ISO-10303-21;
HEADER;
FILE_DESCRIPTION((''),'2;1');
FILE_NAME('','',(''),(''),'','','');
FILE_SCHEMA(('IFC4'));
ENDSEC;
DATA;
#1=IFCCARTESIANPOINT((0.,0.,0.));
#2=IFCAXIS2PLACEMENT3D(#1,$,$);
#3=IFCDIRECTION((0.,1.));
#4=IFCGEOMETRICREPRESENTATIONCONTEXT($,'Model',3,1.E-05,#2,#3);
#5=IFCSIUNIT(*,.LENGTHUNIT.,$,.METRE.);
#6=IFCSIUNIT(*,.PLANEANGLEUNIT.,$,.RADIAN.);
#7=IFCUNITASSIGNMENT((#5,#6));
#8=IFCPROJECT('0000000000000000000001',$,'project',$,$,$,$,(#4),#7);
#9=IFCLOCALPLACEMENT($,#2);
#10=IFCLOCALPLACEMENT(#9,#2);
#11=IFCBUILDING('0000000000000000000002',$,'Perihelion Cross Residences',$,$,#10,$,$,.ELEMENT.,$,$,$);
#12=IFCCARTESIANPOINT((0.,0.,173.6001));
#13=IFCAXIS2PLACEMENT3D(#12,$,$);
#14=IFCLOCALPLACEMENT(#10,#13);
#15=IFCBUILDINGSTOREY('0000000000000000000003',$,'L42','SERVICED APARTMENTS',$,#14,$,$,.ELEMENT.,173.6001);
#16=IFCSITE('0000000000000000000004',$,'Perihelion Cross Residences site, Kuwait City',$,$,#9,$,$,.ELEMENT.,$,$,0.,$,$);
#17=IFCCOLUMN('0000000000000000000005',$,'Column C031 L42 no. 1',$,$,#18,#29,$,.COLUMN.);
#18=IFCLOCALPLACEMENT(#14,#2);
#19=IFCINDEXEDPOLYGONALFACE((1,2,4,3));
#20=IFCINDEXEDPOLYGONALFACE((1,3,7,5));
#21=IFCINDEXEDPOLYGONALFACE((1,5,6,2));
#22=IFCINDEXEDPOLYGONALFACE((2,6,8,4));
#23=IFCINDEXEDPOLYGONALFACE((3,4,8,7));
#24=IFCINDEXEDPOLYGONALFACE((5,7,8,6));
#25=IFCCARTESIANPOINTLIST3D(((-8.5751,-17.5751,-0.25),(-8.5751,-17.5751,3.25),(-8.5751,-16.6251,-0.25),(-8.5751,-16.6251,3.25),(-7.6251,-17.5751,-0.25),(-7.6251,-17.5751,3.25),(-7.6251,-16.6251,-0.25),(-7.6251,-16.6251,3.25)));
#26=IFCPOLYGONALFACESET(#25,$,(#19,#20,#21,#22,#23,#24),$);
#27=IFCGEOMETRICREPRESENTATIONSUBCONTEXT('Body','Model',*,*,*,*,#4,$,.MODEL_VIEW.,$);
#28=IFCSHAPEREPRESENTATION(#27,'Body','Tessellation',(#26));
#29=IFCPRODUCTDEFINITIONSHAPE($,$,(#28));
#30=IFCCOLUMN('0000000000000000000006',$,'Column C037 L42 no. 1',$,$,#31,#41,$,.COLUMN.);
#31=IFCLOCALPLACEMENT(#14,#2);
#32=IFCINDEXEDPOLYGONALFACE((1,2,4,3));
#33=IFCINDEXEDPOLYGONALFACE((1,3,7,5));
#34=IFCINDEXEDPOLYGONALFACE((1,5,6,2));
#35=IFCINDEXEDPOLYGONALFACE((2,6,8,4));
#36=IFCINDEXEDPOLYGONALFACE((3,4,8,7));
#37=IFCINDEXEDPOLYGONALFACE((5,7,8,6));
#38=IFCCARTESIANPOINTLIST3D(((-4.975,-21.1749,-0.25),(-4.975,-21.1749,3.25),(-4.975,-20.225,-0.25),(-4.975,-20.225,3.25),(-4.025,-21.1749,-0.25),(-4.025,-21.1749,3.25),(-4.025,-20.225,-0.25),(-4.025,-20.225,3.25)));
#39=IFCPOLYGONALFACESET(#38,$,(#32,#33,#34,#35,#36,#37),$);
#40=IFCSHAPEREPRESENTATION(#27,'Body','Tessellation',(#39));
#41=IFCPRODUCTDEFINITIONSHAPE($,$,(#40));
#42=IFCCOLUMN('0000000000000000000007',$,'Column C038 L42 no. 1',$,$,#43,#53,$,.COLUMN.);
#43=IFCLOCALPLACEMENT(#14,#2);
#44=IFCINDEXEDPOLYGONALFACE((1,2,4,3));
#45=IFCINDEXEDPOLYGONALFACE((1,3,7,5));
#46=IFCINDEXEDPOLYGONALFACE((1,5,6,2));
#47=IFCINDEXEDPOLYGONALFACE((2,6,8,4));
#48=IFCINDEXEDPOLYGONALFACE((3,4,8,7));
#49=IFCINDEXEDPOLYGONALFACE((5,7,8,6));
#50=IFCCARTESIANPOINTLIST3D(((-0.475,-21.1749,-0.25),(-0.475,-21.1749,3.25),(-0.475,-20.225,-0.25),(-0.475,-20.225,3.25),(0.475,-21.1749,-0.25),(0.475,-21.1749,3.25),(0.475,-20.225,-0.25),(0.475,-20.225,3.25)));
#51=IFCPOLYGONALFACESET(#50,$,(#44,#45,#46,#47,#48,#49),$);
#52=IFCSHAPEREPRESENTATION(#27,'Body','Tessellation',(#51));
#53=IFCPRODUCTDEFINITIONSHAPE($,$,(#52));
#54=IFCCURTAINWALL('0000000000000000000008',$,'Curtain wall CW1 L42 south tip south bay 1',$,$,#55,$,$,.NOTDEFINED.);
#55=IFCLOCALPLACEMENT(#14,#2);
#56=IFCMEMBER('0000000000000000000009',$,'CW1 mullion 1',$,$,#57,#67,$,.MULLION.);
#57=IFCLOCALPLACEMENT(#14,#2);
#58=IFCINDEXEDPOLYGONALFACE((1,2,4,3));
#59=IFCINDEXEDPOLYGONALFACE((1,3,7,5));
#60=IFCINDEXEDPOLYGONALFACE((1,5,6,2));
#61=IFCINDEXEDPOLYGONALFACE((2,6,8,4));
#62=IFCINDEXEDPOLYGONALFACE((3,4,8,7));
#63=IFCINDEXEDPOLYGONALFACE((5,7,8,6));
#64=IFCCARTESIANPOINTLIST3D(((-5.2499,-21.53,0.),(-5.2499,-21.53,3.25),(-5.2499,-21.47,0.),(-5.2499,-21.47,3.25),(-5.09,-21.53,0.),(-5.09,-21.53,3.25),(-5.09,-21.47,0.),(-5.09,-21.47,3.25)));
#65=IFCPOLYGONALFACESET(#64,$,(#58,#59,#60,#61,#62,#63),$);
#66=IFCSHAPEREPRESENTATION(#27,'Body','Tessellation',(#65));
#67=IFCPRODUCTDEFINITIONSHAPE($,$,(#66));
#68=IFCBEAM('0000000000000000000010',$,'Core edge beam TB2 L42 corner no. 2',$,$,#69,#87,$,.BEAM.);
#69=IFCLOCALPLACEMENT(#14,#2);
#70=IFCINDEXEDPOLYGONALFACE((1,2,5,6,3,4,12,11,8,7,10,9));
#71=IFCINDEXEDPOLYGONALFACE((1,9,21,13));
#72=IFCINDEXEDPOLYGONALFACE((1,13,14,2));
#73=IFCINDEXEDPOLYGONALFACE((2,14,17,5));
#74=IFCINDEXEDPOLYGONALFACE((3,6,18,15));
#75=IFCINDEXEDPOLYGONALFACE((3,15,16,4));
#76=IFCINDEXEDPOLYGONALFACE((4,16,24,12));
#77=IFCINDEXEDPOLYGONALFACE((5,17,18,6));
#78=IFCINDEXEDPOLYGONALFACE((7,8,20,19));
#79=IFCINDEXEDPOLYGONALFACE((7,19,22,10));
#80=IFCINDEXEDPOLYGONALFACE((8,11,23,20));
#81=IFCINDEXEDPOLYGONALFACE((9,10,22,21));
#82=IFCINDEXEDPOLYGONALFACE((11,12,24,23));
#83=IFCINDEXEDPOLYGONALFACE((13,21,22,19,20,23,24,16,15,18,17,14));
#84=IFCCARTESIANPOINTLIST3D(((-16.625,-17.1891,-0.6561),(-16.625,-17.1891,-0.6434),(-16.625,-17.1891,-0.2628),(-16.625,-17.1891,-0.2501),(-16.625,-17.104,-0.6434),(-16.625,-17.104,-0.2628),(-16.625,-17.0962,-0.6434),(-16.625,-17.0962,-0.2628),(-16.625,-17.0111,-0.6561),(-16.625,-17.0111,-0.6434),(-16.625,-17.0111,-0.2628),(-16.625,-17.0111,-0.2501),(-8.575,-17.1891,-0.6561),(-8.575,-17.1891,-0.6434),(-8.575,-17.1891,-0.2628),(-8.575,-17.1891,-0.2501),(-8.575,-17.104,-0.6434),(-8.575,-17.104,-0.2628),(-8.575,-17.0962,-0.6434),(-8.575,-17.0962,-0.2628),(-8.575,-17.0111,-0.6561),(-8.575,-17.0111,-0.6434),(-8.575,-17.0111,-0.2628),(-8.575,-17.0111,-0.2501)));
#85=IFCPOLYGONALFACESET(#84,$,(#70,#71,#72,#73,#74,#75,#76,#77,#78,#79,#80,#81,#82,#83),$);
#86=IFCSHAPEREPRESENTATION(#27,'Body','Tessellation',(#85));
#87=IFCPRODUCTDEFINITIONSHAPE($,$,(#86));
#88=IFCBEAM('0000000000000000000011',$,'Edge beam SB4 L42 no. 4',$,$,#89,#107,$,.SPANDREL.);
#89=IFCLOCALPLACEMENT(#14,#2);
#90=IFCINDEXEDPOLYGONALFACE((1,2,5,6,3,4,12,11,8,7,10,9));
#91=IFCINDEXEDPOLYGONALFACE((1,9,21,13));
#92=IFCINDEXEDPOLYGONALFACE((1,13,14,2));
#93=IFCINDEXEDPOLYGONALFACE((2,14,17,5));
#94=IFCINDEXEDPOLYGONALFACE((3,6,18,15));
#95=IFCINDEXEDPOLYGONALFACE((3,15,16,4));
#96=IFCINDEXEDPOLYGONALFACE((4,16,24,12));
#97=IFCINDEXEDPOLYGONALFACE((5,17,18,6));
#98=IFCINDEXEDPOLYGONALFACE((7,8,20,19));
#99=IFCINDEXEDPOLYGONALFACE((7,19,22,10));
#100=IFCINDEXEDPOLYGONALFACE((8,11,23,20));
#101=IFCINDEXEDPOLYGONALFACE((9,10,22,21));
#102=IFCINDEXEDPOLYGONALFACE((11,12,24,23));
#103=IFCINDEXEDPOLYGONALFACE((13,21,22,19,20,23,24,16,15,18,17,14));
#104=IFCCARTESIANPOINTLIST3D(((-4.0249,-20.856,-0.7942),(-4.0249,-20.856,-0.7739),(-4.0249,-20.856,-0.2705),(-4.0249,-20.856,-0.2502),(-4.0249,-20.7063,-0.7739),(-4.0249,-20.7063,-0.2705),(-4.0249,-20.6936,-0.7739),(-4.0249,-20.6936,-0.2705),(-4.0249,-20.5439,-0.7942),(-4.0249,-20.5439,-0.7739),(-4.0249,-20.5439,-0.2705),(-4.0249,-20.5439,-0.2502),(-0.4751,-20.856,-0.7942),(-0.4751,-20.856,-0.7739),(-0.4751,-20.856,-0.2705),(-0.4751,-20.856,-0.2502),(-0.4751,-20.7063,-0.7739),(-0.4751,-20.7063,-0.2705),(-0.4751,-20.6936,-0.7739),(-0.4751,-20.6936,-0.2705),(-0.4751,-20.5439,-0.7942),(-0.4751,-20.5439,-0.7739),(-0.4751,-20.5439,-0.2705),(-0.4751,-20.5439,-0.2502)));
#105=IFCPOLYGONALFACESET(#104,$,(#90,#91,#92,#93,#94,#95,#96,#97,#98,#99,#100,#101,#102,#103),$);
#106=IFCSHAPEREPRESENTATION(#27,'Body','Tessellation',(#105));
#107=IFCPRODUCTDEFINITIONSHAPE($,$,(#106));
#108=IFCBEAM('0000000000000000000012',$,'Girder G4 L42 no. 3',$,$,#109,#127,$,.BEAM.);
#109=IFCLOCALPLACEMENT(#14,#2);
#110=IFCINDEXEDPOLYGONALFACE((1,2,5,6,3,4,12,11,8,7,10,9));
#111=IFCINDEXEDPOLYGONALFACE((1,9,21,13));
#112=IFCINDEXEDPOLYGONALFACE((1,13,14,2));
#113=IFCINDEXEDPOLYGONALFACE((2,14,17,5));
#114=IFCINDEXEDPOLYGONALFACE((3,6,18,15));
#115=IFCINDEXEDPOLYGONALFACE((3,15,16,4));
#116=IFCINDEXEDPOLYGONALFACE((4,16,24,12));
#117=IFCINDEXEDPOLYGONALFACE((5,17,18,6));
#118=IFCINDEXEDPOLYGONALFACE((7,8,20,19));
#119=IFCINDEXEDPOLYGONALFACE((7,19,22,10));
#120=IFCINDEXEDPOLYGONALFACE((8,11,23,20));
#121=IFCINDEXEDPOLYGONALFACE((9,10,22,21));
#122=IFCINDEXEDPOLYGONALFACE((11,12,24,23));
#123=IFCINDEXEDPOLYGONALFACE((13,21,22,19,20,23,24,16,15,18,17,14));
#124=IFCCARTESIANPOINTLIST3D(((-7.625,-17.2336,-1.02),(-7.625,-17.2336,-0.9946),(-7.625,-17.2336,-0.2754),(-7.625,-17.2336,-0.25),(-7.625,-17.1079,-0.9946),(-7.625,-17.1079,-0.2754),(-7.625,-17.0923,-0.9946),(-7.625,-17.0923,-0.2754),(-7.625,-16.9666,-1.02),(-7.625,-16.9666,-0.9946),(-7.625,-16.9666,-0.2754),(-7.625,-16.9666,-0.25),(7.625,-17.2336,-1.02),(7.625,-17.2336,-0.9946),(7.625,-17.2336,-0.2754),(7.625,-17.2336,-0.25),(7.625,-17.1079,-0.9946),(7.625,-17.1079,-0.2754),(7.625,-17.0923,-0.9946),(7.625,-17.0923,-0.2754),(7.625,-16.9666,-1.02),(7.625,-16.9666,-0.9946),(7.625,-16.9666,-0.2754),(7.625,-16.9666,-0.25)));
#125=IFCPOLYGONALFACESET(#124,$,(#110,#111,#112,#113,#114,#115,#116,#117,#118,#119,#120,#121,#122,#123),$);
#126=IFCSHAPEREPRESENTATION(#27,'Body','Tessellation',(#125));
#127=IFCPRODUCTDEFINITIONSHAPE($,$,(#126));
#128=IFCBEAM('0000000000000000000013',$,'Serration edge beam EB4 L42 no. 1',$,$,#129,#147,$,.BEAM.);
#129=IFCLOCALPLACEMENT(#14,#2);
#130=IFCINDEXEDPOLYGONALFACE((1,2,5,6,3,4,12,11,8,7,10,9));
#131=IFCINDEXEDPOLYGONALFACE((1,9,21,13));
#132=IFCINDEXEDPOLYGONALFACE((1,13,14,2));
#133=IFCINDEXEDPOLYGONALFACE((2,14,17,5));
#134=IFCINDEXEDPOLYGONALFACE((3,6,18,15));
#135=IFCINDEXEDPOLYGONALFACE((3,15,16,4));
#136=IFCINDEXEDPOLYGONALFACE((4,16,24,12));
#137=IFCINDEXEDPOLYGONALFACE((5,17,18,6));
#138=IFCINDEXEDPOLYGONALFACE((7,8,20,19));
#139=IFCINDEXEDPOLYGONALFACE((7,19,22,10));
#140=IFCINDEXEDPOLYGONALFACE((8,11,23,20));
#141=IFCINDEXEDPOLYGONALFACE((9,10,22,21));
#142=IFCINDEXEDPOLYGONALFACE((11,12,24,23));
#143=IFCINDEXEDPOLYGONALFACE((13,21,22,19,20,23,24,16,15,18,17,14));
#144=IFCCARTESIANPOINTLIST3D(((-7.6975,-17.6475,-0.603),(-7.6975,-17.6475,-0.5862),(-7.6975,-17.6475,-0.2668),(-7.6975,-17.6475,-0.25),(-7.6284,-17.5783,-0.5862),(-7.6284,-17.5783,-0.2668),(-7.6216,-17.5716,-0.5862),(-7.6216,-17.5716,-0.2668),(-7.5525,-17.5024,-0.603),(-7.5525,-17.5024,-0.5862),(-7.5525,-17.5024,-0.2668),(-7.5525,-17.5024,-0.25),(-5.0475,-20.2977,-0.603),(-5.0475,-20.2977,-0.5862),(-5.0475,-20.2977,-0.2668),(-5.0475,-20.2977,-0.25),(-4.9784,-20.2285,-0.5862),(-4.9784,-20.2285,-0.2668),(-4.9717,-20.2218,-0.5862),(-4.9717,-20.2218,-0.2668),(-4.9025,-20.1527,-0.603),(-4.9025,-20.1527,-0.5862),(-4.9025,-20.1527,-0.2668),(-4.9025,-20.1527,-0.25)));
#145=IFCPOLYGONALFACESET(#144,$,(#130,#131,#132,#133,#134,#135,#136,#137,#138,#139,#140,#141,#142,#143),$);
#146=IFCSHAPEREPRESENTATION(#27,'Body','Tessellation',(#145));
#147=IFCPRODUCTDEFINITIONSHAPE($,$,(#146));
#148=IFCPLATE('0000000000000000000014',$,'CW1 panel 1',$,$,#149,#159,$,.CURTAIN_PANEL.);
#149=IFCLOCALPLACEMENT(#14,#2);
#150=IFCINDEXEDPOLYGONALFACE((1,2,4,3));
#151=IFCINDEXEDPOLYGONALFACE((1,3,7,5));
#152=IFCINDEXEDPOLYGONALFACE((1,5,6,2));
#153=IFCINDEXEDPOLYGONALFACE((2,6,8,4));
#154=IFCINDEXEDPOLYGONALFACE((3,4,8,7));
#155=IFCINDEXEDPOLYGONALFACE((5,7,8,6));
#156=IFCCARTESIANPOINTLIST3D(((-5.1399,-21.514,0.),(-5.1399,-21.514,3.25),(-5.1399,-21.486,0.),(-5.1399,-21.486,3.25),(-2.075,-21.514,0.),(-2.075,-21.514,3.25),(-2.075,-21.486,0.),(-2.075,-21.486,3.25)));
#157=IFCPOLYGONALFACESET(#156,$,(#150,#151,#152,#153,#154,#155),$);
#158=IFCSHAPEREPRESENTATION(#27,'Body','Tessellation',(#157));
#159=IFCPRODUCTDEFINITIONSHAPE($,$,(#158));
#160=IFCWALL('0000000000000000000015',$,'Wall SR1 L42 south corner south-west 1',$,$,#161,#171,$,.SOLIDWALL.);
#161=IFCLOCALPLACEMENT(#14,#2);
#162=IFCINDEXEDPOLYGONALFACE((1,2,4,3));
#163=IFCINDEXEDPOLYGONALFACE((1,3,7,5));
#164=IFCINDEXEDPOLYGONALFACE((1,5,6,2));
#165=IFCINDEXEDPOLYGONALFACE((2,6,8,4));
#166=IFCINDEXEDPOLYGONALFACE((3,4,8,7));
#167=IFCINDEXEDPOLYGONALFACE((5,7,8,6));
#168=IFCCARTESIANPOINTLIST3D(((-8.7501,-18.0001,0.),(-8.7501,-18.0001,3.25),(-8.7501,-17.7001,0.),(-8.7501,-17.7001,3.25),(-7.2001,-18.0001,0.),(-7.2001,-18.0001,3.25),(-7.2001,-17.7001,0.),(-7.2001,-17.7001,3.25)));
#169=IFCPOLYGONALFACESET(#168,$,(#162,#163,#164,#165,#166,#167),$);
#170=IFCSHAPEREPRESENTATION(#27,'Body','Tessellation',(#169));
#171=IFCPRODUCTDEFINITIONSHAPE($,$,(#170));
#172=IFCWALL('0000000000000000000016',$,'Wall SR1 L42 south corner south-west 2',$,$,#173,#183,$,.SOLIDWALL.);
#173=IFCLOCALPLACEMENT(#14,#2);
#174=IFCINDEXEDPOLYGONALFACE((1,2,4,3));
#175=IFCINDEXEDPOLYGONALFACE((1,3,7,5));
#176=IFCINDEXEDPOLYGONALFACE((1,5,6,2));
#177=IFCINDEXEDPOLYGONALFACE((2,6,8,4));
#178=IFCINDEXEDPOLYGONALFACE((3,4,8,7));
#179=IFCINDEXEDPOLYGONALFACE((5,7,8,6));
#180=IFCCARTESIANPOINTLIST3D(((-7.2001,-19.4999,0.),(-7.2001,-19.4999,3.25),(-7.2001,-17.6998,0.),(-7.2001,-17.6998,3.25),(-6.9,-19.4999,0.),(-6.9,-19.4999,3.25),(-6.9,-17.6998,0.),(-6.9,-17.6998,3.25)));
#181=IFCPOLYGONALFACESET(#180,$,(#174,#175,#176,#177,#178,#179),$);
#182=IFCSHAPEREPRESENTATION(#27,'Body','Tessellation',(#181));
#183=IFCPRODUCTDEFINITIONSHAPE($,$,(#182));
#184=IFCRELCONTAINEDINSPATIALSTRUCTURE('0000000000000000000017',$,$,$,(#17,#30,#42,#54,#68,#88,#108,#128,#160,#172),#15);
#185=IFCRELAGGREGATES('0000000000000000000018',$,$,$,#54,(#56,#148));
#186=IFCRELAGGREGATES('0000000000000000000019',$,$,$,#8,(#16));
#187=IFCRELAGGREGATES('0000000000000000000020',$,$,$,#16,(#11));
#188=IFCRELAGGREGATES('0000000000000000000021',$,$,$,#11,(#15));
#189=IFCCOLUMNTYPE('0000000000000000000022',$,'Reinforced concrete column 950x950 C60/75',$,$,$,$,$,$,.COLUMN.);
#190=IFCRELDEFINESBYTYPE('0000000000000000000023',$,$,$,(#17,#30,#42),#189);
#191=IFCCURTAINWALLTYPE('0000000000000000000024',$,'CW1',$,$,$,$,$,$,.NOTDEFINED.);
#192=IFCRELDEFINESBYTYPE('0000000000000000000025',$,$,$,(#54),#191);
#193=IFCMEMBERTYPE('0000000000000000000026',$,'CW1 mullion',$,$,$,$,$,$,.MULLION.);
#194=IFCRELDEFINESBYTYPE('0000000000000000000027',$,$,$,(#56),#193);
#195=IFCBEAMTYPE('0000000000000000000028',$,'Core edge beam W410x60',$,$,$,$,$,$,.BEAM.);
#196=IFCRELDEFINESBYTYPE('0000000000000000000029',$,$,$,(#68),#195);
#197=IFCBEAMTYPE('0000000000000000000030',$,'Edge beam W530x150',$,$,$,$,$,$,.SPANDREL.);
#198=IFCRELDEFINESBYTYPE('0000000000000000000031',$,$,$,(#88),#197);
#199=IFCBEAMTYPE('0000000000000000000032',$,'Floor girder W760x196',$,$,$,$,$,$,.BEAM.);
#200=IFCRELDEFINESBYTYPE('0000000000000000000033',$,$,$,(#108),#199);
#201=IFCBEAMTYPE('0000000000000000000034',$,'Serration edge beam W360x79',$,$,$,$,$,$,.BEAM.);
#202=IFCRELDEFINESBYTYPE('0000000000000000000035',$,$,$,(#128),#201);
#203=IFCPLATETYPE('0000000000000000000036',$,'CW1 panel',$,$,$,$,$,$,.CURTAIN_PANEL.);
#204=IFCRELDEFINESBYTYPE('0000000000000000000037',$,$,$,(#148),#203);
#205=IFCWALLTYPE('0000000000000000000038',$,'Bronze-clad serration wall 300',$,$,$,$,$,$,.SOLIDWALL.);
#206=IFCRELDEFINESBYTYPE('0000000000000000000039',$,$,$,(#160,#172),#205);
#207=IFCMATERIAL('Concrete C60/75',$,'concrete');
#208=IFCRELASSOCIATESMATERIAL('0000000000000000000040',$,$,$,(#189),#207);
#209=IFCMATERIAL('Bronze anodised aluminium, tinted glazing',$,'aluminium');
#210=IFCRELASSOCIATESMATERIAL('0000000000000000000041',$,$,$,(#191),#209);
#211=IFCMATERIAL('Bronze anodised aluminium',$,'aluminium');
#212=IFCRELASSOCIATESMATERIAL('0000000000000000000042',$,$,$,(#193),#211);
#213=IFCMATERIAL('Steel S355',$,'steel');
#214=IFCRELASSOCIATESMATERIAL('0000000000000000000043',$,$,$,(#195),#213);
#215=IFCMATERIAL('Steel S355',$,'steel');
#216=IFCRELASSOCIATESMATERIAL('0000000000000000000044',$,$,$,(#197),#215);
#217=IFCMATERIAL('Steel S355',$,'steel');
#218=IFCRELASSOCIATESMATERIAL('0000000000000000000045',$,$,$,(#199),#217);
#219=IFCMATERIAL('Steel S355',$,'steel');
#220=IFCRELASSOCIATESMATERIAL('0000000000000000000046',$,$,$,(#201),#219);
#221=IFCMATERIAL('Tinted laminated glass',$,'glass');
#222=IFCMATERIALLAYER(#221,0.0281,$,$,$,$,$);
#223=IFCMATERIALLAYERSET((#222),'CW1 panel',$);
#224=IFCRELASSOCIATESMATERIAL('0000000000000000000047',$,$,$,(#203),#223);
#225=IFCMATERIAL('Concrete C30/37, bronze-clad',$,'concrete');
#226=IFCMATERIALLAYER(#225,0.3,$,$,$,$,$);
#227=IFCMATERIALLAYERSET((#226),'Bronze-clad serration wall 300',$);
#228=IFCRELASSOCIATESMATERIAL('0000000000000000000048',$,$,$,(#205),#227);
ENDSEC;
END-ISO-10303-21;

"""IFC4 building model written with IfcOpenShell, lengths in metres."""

from ifc_helpers import new_model, si_unit, direction, frame, frame_2d, origin, origin_2d, place, context, subcontext, project, spatial, rectangle, i_section, extrude, material, layer, layer_set, material_profile, profile_set, type_object, element, aggregate, save


model = new_model("IFC4")

# Units and contexts
model_context = context("Model", 3, precision=1e-05, world=origin(), true_north=direction((0.0, 1.0)))
body_context = subcontext(model_context, "Body", "Model", "MODEL_VIEW")
ifc_project = project(units=[si_unit("LENGTHUNIT", "METRE"), si_unit("PLANEANGLEUNIT", "RADIAN")], contexts=[model_context])

# Site, building, storey
site_placement = place(None, origin())
site = spatial("IfcSite", under=ifc_project, at=site_placement, Name="Perihelion Cross Residences site, Kuwait City", CompositionType="ELEMENT", RefElevation=0.0)
building_placement = place(site_placement, origin())
building = spatial("IfcBuilding", under=site, at=building_placement, Name="Perihelion Cross Residences", CompositionType="ELEMENT")
storey_placement = place(building_placement, frame((0.0, 0.0, 173.6001)))
storey = spatial("IfcBuildingStorey", under=building, at=storey_placement, Name="L42", Description="SERVICED APARTMENTS", CompositionType="ELEMENT", Elevation=173.6001)

# Columns
ifc_material_1 = material(Name="Concrete C60/75", Category="concrete")
ifc_material_profile_1 = material_profile(ifc_material_1, rectangle(XDim=0.95, YDim=0.95, at=origin_2d()), Name="RC 950x950")
ifc_profile_set_1 = profile_set([ifc_material_profile_1], Name="Concrete C60/75")
column_type = type_object("IfcColumnType", Name="Reinforced concrete column 950x950 C60/75", PredefinedType="COLUMN", material=ifc_profile_set_1)
for number, where, z_axis, x_axis, name in (
    (1, (-8.1001, -17.1001, -0.25), (0.0, 0.0, 1.0), (1.0, 0.0, 0.0), "Column C031 L42 no. 1"),
    (2, (-4.5, -20.7, -0.25), (0.0, 0.0, 1.0), (1.0, 0.0, 0.0), "Column C037 L42 no. 1"),
    (3, (0.0, -20.7, -0.25), (0.0, 0.0, 1.0), (1.0, 0.0, 0.0), "Column C038 L42 no. 1"),
):
    element("IfcColumn", number, at=place(storey_placement, frame(where, z_axis=z_axis, x_axis=x_axis)), inside=storey, type_object=column_type, Name=name, PredefinedType="COLUMN", context=body_context, shape_type="SweptSolid", body=[
        extrude(rectangle(XDim=0.95, YDim=0.95, at=origin_2d()), origin(), (0.0, 0.0, 1.0), 3.5),
    ])

# Curtain wall, member
ifc_material_2 = material(Name="Bronze anodised aluminium, tinted glazing", Category="aluminium")
curtain_wall_type = type_object("IfcCurtainWallType", Name="CW1", PredefinedType="NOTDEFINED", material=ifc_material_2)
curtain_wall_placement = place(storey_placement, origin())
curtain_wall = element("IfcCurtainWall", 4, at=curtain_wall_placement, inside=storey, type_object=curtain_wall_type, Name="Curtain wall CW1 L42 south tip south bay 1", PredefinedType="NOTDEFINED")
ifc_material_3 = material(Name="Bronze anodised aluminium", Category="aluminium")
ifc_material_profile_2 = material_profile(ifc_material_3, rectangle(XDim=0.0601, YDim=0.1599, at=origin_2d()), Name="CW1 mullion")
ifc_profile_set_2 = profile_set([ifc_material_profile_2], Name="Bronze anodised aluminium")
member_type = type_object("IfcMemberType", Name="CW1 mullion", PredefinedType="MULLION", material=ifc_profile_set_2)
member_placement = place(storey_placement, frame((-5.1699, -21.5, 0.0), z_axis=(0.0, 0.0, 1.0), x_axis=(0.0, 1.0, 0.0)))
member = element("IfcMember", 5, at=member_placement, type_object=member_type, Name="CW1 mullion 1", PredefinedType="MULLION", context=body_context, shape_type="SweptSolid", body=[
    extrude(rectangle(XDim=0.0601, YDim=0.1599, at=origin_2d()), origin(), (0.0, 0.0, 1.0), 3.25),
])

# Beams
ifc_material_4 = material(Name="Steel S355", Category="steel")
ifc_material_profile_3 = material_profile(ifc_material_4, i_section(OverallWidth=0.178, OverallDepth=0.406, WebThickness=0.0078, FlangeThickness=0.0127, at=origin_2d()), Name="W410x60")
ifc_profile_set_3 = profile_set([ifc_material_profile_3], Name="Steel S355")
beam_type_1 = type_object("IfcBeamType", Name="Core edge beam W410x60", PredefinedType="BEAM", material=ifc_profile_set_3)
beam_1_placement = place(storey_placement, frame((-8.575, -17.1001, -0.4531), z_axis=(-1.0, 0.0, 0.0), x_axis=(0.0, -1.0, 0.0)))
element("IfcBeam", 6, at=beam_1_placement, inside=storey, type_object=beam_type_1, Name="Core edge beam TB2 L42 corner no. 2", PredefinedType="BEAM", context=body_context, shape_type="SweptSolid", body=[
    extrude(i_section(OverallWidth=0.178, OverallDepth=0.406, WebThickness=0.0078, FlangeThickness=0.0127, at=origin_2d()), origin(), (0.0, 0.0, 1.0), 8.05),
])
ifc_material_5 = material(Name="Steel S355", Category="steel")
ifc_material_profile_4 = material_profile(ifc_material_5, i_section(OverallWidth=0.312, OverallDepth=0.5439, WebThickness=0.0127, FlangeThickness=0.0203, at=origin_2d()), Name="W530x150")
ifc_profile_set_4 = profile_set([ifc_material_profile_4], Name="Steel S355")
beam_type_2 = type_object("IfcBeamType", Name="Edge beam W530x150", PredefinedType="SPANDREL", material=ifc_profile_set_4)
beam_2_placement = place(storey_placement, frame((-4.0249, -20.7, -0.5222), z_axis=(1.0, 0.0, 0.0), x_axis=(0.0, 1.0, 0.0)))
element("IfcBeam", 7, at=beam_2_placement, inside=storey, type_object=beam_type_2, Name="Edge beam SB4 L42 no. 4", PredefinedType="SPANDREL", context=body_context, shape_type="SweptSolid", body=[
    extrude(i_section(OverallWidth=0.312, OverallDepth=0.5439, WebThickness=0.0127, FlangeThickness=0.0203, at=origin_2d()), origin(), (0.0, 0.0, 1.0), 3.5498),
])
ifc_material_6 = material(Name="Steel S355", Category="steel")
ifc_material_profile_5 = material_profile(ifc_material_6, i_section(OverallWidth=0.2671, OverallDepth=0.77, WebThickness=0.0156, FlangeThickness=0.0254, at=origin_2d()), Name="W760x196")
ifc_profile_set_5 = profile_set([ifc_material_profile_5], Name="Steel S355")
beam_type_3 = type_object("IfcBeamType", Name="Floor girder W760x196", PredefinedType="BEAM", material=ifc_profile_set_5)
beam_3_placement = place(storey_placement, frame((-7.625, -17.1001, -0.635), z_axis=(1.0, 0.0, 0.0), x_axis=(0.0, 1.0, 0.0)))
element("IfcBeam", 8, at=beam_3_placement, inside=storey, type_object=beam_type_3, Name="Girder G4 L42 no. 3", PredefinedType="BEAM", context=body_context, shape_type="SweptSolid", body=[
    extrude(i_section(OverallWidth=0.2671, OverallDepth=0.77, WebThickness=0.0156, FlangeThickness=0.0254, at=origin_2d()), origin(), (0.0, 0.0, 1.0), 15.25),
])
ifc_material_7 = material(Name="Steel S355", Category="steel")
ifc_material_profile_6 = material_profile(ifc_material_7, i_section(OverallWidth=0.2051, OverallDepth=0.353, WebThickness=0.0095, FlangeThickness=0.0168, at=origin_2d()), Name="W360x79")
ifc_profile_set_6 = profile_set([ifc_material_profile_6], Name="Steel S355")
beam_type_4 = type_object("IfcBeamType", Name="Serration edge beam W360x79", PredefinedType="BEAM", material=ifc_profile_set_6)
beam_4_placement = place(storey_placement, frame((-7.625, -17.575, -0.4265), z_axis=(0.707074, -0.707139, 0.0), x_axis=(0.707139, 0.707074, 0.0)))
element("IfcBeam", 9, at=beam_4_placement, inside=storey, type_object=beam_type_4, Name="Serration edge beam EB4 L42 no. 1", PredefinedType="BEAM", context=body_context, shape_type="SweptSolid", body=[
    extrude(i_section(OverallWidth=0.2051, OverallDepth=0.353, WebThickness=0.0095, FlangeThickness=0.0168, at=origin_2d()), origin(), (0.0, 0.0, 1.0), 3.7478),
])

# Plate
ifc_material_8 = material(Name="Tinted laminated glass", Category="glass")
ifc_layer_1 = layer(ifc_material_8, 0.0281)
ifc_layer_set_1 = layer_set([ifc_layer_1], Name="CW1 panel")
plate_type = type_object("IfcPlateType", Name="CW1 panel", PredefinedType="CURTAIN_PANEL", material=ifc_layer_set_1)
plate_placement = place(storey_placement, frame((-3.6074, -21.5, 0.0), z_axis=(0.0, 0.0, 1.0), x_axis=(1.0, 0.0, 0.0)))
plate = element("IfcPlate", 10, at=plate_placement, type_object=plate_type, Name="CW1 panel 1", PredefinedType="CURTAIN_PANEL", context=body_context, shape_type="SweptSolid", body=[
    extrude(rectangle(XDim=3.0649, YDim=0.0281, at=origin_2d()), origin(), (0.0, 0.0, 1.0), 3.25),
])
aggregate(curtain_wall, [member, plate])

# Walls
ifc_material_9 = material(Name="Concrete C30/37, bronze-clad", Category="concrete")
ifc_layer_2 = layer(ifc_material_9, 0.3)
ifc_layer_set_2 = layer_set([ifc_layer_2], Name="Bronze-clad serration wall 300")
wall_type_1 = type_object("IfcWallType", Name="Bronze-clad serration wall 300", PredefinedType="SOLIDWALL", material=ifc_layer_set_2)
wall_1_placement = place(storey_placement, frame((-8.75, -17.8501, 0.0), z_axis=(0.0, 0.0, 1.0), x_axis=(1.0, 0.0, 0.0)))
element("IfcWall", 11, at=wall_1_placement, inside=storey, type_object=wall_type_1, Name="Wall SR1 L42 south corner south-west 1", PredefinedType="SOLIDWALL", context=body_context, shape_type="SweptSolid", body=[
    extrude(rectangle(XDim=1.55, YDim=0.3, at=frame_2d((0.7749, 0.0))), origin(), (0.0, 0.0, 1.0), 3.25),
])
for number, where, z_axis, x_axis, name in (
    (12, (-7.05, -17.7, 0.0), (0.0, 0.0, 1.0), (0.0, -1.0, 0.0), "Wall SR1 L42 south corner south-west 2"),
):
    element("IfcWall", number, at=place(storey_placement, frame(where, z_axis=z_axis, x_axis=x_axis)), inside=storey, type_object=wall_type_1, Name=name, PredefinedType="SOLIDWALL", context=body_context, shape_type="SweptSolid", body=[
        extrude(rectangle(XDim=1.8, YDim=0.3, at=frame_2d((0.8999, 0.0))), origin(), (0.0, 0.0, 1.0), 3.25),
    ])

save(model, "model.ifc")
